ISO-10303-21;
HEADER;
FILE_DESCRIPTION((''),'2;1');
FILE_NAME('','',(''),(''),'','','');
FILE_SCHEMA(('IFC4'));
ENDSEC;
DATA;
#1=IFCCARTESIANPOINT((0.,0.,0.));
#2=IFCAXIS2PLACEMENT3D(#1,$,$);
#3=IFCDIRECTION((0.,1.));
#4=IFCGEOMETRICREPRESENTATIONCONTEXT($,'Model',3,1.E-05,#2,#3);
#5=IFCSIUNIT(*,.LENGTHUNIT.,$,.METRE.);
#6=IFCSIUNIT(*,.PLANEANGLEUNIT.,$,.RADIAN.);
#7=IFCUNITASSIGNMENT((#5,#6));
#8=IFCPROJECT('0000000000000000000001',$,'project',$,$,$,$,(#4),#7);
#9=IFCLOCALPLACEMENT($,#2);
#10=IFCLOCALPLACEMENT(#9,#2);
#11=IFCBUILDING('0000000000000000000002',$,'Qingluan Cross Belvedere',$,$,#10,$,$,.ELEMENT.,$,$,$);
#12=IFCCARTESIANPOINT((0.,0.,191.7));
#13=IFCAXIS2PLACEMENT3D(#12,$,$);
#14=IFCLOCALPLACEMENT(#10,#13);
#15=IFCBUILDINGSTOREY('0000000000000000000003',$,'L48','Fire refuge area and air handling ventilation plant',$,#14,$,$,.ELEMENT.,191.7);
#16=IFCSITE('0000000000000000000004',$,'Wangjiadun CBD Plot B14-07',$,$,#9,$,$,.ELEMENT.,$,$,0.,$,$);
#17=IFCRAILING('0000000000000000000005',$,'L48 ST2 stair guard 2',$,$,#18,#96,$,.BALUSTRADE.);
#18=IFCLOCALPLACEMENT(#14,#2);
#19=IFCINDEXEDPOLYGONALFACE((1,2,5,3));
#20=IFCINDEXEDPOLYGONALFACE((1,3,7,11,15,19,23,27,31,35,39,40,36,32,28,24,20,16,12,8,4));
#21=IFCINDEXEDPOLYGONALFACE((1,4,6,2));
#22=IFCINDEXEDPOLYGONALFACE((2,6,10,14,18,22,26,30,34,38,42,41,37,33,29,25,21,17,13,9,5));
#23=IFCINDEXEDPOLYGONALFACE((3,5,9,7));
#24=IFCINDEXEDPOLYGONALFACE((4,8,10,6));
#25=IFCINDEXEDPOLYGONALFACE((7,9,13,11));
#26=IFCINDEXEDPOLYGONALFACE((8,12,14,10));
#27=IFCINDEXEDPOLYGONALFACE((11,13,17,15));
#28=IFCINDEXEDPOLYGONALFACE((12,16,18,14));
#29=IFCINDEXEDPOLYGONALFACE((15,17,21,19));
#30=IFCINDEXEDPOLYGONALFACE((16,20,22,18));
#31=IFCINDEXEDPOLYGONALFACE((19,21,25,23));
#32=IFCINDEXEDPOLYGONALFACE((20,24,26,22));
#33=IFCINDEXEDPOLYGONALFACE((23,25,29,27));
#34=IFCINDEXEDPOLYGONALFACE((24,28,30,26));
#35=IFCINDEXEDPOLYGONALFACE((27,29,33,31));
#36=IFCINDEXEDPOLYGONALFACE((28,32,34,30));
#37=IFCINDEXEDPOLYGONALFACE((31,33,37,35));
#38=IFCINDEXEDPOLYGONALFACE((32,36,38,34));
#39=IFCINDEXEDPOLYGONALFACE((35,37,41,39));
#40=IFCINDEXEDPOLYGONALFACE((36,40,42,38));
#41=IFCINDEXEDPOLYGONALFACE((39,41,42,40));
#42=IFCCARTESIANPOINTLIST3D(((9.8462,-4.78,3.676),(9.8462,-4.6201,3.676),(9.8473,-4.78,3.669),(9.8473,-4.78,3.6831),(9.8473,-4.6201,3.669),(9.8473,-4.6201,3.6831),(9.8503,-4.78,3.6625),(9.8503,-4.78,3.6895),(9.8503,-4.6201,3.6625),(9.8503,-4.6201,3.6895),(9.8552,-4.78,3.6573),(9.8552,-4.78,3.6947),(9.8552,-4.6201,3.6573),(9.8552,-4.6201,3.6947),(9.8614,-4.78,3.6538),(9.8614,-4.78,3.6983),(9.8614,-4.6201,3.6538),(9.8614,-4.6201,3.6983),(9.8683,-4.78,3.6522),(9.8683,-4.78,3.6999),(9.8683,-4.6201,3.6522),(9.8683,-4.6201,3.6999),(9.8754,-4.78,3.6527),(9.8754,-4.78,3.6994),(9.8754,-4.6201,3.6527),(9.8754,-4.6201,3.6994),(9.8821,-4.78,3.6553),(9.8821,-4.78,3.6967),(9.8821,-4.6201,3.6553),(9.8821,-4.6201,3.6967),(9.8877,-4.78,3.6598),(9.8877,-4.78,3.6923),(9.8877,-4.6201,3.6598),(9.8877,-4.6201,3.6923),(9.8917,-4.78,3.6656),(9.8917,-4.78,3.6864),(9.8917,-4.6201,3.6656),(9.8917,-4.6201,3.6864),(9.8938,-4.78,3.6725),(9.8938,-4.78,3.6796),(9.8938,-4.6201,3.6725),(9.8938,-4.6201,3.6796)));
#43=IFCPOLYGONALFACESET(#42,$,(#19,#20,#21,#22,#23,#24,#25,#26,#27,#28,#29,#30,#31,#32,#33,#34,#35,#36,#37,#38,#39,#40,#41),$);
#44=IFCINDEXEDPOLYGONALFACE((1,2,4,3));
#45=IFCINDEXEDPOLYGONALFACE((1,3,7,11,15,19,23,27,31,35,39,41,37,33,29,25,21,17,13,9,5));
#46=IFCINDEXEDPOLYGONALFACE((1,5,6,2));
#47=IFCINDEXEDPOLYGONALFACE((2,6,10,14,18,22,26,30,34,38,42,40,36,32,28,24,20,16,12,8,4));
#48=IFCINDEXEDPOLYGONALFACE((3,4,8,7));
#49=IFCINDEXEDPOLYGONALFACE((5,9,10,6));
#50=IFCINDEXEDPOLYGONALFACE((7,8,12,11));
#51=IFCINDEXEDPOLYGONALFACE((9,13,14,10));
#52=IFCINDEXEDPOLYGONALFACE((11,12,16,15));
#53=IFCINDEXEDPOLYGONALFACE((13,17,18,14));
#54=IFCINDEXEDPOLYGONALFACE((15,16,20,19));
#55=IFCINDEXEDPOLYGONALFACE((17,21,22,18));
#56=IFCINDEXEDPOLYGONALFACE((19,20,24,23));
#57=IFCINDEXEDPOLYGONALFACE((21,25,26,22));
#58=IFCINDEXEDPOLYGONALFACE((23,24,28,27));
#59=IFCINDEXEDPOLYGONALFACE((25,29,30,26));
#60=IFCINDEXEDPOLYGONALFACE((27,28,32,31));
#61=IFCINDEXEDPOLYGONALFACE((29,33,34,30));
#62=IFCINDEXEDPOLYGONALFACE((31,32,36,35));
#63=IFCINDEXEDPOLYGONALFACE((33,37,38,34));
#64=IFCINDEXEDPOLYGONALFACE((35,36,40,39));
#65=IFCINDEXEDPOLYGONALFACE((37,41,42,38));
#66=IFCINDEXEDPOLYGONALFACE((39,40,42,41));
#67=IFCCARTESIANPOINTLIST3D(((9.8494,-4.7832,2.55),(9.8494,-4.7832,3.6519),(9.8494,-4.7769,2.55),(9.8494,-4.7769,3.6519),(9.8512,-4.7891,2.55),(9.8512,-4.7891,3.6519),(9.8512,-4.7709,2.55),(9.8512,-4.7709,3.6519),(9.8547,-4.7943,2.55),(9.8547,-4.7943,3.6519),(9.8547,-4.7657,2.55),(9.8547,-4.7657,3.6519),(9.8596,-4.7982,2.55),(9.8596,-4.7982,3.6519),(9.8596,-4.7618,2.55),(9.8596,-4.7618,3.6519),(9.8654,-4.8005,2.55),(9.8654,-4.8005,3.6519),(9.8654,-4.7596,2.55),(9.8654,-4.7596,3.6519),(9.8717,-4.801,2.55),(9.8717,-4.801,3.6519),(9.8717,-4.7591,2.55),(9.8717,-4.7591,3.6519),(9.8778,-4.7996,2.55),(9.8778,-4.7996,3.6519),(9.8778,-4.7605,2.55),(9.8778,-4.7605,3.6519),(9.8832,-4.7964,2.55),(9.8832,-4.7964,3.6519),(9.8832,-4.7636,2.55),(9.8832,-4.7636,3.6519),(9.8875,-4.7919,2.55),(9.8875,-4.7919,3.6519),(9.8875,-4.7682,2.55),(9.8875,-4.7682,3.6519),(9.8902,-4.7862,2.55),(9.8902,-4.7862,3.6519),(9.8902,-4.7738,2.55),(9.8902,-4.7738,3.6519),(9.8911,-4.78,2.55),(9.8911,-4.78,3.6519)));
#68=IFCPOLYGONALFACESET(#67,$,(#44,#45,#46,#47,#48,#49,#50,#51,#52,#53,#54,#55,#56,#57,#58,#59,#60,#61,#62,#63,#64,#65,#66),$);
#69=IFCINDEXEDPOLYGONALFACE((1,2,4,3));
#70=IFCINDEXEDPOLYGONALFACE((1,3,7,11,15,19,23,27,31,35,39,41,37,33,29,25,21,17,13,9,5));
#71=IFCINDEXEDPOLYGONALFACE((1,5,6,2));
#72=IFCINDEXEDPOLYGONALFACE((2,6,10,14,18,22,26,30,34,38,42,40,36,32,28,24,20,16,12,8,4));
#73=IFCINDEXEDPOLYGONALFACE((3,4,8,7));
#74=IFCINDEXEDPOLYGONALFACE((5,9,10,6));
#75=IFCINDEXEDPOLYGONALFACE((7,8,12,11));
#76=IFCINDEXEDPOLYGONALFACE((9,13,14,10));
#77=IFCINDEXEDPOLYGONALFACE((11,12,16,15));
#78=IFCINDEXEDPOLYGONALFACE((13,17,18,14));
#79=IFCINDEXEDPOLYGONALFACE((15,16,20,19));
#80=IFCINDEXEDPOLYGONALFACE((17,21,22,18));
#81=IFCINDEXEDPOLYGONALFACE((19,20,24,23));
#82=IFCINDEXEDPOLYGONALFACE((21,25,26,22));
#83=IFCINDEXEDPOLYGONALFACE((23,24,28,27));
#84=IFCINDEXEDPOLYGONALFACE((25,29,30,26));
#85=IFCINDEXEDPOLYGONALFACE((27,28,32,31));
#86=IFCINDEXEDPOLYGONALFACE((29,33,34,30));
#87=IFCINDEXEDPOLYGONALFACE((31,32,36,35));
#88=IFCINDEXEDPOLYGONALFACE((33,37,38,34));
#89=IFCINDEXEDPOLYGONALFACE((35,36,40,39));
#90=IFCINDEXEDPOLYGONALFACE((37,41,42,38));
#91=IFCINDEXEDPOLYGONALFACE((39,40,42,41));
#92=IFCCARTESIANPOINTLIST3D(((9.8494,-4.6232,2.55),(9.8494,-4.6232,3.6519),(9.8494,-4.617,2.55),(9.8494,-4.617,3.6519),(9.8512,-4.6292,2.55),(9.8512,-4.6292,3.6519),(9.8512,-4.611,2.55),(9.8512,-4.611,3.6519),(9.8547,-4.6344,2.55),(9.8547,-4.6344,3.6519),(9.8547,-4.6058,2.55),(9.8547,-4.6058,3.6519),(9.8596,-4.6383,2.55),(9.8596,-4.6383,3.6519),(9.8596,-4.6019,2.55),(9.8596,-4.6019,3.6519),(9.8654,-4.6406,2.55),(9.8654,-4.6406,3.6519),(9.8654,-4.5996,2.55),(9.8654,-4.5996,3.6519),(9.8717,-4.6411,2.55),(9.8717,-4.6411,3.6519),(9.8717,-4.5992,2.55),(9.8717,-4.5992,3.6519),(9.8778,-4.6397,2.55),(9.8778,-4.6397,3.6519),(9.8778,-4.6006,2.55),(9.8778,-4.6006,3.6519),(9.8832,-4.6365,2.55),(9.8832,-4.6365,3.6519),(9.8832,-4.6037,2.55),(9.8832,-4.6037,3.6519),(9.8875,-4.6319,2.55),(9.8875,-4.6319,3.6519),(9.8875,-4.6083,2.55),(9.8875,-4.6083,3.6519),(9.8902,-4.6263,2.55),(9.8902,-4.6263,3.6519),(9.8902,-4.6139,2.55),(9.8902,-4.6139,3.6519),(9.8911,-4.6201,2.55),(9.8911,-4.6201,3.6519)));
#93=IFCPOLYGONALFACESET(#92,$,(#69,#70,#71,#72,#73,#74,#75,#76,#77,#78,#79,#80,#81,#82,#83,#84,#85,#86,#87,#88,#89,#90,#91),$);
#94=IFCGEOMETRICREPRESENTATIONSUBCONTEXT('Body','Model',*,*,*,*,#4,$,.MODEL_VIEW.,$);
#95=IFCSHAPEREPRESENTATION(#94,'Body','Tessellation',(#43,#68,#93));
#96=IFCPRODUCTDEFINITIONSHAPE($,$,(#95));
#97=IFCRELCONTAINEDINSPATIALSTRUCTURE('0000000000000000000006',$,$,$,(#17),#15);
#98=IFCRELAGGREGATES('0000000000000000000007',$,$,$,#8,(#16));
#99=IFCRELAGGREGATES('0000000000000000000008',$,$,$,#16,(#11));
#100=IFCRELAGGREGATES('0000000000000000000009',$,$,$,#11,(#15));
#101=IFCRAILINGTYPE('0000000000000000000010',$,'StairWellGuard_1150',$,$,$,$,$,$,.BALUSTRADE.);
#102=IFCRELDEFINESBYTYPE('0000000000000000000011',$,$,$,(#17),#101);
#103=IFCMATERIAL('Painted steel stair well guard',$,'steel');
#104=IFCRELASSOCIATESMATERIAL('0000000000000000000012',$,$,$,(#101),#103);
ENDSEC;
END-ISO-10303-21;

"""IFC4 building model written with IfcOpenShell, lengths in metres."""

from ifc_helpers import new_model, si_unit, direction, frame, origin, origin_2d, place, context, subcontext, project, spatial, circle, extrude, material, type_object, element, save


model = new_model("IFC4")

# Units and contexts
model_context = context("Model", 3, precision=1e-05, world=origin(), true_north=direction((0.0, 1.0)))
body_context = subcontext(model_context, "Body", "Model", "MODEL_VIEW")
ifc_project = project(units=[si_unit("LENGTHUNIT", "METRE"), si_unit("PLANEANGLEUNIT", "RADIAN")], contexts=[model_context])

# Site, building, storey
site_placement = place(None, origin())
site = spatial("IfcSite", under=ifc_project, at=site_placement, Name="Wangjiadun CBD Plot B14-07", CompositionType="ELEMENT", RefElevation=0.0)
building_placement = place(site_placement, origin())
building = spatial("IfcBuilding", under=site, at=building_placement, Name="Qingluan Cross Belvedere", CompositionType="ELEMENT")
storey_placement = place(building_placement, frame((0.0, 0.0, 191.7)))
storey = spatial("IfcBuildingStorey", under=building, at=storey_placement, Name="L48", Description="Fire refuge area and air handling ventilation plant", CompositionType="ELEMENT", Elevation=191.7)

# Railing
ifc_material_1 = material(Name="Painted steel stair well guard", Category="steel")
railing_type_1 = type_object("IfcRailingType", Name="StairWellGuard_1150", PredefinedType="BALUSTRADE", material=ifc_material_1)
railing_1_placement = place(storey_placement, frame((9.8701, -4.78, 2.55)))
element("IfcRailing", 1, at=railing_1_placement, inside=storey, type_object=railing_type_1, Name="L48 ST2 stair guard 2", PredefinedType="BALUSTRADE", context=body_context, shape_type="SweptSolid", body=[
    extrude(circle(Radius=0.0239, at=origin_2d()), frame((0.0, 0.0, 1.126), z_axis=(0.0, 1.0, 0.0), x_axis=(-1.0, 0.0, 0.0)), (0.0, 0.0, 1.0), 0.1599),
    extrude(circle(Radius=0.021, at=origin_2d()), origin(), (0.0, 0.0, 1.0), 1.1018),
    extrude(circle(Radius=0.021, at=origin_2d()), frame((0.0, 0.1599, 0.0)), (0.0, 0.0, 1.0), 1.1018),
])

save(model, "model.ifc")
